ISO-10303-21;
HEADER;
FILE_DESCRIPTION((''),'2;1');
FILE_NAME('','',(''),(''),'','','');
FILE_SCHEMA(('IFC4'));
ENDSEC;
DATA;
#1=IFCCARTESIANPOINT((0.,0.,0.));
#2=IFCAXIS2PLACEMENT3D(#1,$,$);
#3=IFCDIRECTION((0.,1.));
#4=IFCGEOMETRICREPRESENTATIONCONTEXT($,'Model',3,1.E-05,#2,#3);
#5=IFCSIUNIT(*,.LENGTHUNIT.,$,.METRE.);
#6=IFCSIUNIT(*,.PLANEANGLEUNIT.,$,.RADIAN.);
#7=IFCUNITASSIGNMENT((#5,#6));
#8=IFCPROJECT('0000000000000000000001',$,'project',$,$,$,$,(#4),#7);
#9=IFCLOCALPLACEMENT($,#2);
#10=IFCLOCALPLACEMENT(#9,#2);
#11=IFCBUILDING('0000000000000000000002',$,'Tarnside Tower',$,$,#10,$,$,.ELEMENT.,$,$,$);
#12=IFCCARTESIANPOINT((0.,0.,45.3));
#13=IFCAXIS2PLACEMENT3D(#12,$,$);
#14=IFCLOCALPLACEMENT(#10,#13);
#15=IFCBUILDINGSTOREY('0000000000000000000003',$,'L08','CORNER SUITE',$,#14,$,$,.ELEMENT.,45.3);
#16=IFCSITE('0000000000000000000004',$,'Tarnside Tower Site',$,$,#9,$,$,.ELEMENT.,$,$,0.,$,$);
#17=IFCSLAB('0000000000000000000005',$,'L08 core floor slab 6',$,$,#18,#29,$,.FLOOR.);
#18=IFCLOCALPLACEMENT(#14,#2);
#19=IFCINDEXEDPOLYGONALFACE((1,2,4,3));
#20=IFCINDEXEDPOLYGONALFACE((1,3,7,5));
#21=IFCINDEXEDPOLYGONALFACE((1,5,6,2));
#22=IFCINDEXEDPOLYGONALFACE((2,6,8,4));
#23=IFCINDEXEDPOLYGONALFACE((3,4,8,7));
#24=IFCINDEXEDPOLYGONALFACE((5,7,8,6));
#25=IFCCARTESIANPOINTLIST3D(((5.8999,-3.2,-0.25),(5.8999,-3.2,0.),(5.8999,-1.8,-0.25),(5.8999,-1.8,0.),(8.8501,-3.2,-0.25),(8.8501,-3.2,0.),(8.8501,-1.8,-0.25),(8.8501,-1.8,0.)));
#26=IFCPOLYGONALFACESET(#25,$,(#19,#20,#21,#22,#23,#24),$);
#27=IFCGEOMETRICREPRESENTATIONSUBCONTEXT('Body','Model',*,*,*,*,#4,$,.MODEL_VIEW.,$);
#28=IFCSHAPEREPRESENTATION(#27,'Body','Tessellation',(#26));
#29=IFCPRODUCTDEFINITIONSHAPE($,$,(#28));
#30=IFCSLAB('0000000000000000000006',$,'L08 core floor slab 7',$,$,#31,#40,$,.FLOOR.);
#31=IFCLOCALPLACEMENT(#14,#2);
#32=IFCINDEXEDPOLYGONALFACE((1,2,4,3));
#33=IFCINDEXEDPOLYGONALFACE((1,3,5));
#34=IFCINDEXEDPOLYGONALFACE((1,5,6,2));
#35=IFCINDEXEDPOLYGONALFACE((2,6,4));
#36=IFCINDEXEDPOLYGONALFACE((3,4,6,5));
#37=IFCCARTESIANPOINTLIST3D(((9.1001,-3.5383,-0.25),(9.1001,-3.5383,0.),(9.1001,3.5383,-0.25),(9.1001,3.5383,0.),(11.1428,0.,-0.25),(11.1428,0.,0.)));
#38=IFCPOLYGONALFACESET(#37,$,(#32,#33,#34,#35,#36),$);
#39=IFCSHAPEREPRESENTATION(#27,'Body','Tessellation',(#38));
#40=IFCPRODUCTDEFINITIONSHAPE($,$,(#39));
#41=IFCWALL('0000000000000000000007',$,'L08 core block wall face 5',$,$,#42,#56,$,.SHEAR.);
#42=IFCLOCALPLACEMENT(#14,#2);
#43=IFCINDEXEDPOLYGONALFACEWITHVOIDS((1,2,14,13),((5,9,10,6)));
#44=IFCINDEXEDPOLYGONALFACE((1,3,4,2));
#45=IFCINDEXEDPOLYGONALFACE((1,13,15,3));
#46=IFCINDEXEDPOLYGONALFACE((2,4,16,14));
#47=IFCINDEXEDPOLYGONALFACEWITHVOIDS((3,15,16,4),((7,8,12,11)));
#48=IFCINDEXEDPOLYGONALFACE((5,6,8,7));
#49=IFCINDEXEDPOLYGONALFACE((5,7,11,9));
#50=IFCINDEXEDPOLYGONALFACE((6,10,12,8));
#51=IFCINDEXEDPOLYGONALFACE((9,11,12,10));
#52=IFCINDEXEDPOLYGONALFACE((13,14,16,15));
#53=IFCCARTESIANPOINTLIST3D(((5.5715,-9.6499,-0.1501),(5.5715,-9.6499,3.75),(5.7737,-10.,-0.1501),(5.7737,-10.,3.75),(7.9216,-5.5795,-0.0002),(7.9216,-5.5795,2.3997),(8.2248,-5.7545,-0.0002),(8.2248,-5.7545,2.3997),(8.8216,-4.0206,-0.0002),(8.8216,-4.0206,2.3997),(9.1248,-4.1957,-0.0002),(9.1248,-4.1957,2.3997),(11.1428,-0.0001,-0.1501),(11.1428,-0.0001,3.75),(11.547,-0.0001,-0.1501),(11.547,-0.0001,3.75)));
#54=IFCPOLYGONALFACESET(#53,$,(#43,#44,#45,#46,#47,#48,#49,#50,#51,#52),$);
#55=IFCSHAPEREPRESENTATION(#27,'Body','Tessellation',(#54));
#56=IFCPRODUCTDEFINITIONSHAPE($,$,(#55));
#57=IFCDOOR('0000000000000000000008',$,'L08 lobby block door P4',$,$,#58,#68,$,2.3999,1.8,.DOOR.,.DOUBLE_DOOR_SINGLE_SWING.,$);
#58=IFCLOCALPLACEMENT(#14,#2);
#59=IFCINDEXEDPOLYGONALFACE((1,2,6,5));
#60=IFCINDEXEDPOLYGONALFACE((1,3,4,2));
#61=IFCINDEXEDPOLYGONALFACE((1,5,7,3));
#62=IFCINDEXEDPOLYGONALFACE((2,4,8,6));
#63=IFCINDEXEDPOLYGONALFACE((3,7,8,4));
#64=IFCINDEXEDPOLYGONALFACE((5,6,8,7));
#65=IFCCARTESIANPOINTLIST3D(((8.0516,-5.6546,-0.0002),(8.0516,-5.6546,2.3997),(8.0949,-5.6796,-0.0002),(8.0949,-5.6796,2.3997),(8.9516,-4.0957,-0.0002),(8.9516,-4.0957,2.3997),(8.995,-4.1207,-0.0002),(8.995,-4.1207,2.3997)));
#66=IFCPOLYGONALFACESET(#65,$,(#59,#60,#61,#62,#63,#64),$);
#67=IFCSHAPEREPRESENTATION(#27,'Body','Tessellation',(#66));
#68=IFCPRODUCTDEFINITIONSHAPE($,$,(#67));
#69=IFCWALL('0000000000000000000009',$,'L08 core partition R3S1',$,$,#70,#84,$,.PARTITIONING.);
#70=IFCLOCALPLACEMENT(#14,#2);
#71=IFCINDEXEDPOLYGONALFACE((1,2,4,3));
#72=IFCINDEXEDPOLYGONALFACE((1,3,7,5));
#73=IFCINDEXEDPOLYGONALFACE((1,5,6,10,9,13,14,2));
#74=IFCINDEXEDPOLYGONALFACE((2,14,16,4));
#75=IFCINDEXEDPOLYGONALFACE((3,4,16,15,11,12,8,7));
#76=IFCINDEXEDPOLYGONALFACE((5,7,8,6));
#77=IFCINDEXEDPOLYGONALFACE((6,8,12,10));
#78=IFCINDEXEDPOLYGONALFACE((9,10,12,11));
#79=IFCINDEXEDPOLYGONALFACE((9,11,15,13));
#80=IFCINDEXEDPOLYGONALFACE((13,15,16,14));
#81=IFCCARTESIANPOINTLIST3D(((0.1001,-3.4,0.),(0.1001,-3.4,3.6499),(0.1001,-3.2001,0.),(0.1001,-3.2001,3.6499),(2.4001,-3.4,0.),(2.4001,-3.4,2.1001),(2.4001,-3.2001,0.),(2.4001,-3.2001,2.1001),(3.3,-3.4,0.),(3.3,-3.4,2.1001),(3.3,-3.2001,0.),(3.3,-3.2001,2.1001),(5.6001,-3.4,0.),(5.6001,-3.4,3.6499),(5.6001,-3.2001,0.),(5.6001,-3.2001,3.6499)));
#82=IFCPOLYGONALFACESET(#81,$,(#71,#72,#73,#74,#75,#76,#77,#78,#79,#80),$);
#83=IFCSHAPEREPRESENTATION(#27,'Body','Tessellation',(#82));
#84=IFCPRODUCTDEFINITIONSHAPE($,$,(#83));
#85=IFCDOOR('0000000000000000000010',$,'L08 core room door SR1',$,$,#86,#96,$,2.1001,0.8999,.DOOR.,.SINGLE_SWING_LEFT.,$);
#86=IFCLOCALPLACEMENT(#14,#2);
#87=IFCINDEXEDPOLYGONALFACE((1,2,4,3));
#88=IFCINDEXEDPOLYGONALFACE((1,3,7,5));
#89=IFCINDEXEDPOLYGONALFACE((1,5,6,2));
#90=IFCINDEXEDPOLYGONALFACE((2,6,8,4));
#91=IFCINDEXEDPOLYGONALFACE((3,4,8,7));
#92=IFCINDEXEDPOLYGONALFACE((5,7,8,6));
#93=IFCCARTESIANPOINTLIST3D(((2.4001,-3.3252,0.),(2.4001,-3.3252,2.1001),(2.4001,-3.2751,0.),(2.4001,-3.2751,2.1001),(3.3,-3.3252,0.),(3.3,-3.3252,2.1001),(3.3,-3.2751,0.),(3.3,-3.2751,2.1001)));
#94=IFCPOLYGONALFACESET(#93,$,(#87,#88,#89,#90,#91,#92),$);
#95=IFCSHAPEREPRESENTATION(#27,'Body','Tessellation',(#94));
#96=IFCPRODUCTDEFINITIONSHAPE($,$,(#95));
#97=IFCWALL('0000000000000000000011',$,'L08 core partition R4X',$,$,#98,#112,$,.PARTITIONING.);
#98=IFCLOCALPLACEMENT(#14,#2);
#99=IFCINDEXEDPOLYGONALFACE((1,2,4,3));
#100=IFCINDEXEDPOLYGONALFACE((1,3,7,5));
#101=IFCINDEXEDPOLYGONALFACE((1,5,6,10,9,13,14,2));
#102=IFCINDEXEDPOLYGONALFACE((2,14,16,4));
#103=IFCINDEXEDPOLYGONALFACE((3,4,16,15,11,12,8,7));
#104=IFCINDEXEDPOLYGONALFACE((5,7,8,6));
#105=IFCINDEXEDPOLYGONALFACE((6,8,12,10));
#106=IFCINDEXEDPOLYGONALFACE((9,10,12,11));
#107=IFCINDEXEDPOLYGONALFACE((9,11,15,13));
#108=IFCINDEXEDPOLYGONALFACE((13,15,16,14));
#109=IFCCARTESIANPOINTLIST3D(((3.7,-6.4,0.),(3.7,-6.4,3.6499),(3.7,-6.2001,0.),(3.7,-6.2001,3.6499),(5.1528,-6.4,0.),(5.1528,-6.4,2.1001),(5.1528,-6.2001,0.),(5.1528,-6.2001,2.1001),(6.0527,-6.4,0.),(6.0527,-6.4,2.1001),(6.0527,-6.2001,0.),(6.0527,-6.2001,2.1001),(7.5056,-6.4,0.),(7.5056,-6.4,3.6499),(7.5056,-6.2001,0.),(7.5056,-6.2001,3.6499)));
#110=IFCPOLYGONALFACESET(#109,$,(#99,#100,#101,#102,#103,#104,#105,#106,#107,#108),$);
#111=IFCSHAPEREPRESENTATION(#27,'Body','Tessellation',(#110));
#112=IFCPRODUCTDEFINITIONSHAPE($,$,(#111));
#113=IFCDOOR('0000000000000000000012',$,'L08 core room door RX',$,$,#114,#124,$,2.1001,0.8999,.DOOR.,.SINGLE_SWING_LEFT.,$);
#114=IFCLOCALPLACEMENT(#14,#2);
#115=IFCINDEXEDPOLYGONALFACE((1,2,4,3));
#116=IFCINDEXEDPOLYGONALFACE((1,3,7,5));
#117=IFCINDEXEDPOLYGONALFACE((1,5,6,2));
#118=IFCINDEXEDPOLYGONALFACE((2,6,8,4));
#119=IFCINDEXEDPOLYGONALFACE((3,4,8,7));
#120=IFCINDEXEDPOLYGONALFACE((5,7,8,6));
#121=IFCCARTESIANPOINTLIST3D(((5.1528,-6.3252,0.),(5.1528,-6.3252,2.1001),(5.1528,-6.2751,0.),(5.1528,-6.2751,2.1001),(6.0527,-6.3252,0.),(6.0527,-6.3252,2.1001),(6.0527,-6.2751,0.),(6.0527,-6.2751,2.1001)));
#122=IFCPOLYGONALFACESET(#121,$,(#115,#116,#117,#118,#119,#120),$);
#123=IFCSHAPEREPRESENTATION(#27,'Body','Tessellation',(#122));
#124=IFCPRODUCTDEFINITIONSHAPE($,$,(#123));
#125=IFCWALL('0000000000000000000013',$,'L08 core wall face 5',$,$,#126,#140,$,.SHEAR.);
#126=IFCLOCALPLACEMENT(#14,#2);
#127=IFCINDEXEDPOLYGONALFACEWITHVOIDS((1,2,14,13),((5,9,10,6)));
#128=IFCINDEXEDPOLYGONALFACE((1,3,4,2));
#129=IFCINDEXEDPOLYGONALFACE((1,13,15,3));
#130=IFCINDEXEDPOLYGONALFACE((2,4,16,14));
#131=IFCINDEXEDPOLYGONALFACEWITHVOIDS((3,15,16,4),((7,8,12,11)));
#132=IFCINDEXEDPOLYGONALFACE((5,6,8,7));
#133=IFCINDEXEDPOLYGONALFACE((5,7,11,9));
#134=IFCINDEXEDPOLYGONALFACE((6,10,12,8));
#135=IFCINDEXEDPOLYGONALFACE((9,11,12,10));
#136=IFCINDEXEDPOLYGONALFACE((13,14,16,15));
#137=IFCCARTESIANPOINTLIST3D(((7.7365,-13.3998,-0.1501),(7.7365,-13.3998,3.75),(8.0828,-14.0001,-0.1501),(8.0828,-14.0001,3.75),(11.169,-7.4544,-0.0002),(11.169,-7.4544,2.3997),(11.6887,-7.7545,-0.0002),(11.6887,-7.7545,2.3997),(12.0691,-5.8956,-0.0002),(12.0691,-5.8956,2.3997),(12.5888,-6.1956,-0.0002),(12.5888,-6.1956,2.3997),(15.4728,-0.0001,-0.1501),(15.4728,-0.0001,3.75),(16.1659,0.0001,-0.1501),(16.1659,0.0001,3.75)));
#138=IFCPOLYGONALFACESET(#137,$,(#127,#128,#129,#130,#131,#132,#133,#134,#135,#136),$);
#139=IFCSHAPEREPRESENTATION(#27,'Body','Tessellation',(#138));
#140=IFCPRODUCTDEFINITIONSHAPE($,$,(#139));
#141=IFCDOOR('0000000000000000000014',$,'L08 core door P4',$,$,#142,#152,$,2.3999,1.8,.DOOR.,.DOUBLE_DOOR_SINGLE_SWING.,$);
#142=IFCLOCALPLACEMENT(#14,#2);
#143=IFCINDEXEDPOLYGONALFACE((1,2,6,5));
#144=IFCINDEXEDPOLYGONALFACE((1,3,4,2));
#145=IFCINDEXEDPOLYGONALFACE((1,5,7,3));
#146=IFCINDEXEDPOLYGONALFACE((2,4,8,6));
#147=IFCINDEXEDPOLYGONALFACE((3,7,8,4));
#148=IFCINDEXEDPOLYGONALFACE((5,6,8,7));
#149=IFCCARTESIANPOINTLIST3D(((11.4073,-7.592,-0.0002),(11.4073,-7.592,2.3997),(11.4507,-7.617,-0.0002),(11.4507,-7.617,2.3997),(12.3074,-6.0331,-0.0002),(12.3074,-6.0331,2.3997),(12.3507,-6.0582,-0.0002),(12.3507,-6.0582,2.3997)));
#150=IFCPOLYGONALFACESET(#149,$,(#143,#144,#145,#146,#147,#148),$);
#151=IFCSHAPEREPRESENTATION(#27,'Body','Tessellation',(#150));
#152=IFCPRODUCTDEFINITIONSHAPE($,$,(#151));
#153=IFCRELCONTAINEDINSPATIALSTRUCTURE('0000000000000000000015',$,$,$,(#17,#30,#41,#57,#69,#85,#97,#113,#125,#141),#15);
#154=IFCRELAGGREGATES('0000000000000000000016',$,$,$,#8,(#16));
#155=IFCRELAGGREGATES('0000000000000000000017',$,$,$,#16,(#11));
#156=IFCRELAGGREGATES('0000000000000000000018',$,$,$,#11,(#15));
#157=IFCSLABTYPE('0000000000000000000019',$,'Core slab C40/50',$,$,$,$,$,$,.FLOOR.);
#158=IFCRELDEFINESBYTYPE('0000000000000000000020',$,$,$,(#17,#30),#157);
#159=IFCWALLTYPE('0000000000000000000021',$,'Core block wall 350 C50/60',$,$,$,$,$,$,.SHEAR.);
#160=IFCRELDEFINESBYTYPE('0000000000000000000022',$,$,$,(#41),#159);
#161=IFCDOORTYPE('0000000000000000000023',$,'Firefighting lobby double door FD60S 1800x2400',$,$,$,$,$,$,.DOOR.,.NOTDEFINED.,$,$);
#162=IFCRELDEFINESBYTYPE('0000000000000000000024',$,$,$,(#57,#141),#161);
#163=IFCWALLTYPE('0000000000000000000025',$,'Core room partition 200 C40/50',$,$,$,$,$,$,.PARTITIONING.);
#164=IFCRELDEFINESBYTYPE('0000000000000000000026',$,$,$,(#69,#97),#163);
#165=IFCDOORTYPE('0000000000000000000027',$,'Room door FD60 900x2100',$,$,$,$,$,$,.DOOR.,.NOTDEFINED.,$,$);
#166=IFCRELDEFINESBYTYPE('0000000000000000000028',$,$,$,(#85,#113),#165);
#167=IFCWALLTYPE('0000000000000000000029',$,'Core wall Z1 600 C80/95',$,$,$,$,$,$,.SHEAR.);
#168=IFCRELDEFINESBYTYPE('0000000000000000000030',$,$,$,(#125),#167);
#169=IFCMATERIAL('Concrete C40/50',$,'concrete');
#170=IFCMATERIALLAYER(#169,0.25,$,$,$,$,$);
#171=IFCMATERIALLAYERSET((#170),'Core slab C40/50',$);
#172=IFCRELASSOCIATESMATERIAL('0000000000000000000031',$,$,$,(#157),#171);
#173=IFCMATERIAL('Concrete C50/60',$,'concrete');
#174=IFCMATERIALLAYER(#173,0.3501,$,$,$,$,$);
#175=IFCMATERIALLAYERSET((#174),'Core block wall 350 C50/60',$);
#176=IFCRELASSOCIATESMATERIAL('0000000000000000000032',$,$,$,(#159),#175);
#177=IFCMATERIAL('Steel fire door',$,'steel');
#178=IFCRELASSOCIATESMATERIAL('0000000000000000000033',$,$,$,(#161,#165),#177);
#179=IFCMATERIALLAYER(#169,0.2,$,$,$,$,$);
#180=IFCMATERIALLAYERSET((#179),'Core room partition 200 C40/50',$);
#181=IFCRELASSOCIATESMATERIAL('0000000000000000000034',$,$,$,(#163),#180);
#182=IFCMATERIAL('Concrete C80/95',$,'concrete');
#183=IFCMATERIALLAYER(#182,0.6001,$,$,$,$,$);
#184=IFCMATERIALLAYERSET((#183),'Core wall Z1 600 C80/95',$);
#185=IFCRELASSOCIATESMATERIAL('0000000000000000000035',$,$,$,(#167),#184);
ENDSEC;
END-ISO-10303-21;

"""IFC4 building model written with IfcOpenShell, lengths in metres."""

from ifc_helpers import new_model, si_unit, direction, frame, frame_2d, origin, place, context, subcontext, project, spatial, polyline, rectangle, outline, extrude, material, layer, layer_set, type_object, element, fill, save


model = new_model("IFC4")

# Units and contexts
model_context = context("Model", 3, precision=1e-05, world=origin(), true_north=direction((0.0, 1.0)))
body_context = subcontext(model_context, "Body", "Model", "MODEL_VIEW")
ifc_project = project(units=[si_unit("LENGTHUNIT", "METRE"), si_unit("PLANEANGLEUNIT", "RADIAN")], contexts=[model_context])

# Site, building, storey
site_placement = place(None, origin())
site = spatial("IfcSite", under=ifc_project, at=site_placement, Name="Tarnside Tower Site", CompositionType="ELEMENT", RefElevation=0.0)
building_placement = place(site_placement, origin())
building = spatial("IfcBuilding", under=site, at=building_placement, Name="Tarnside Tower", CompositionType="ELEMENT")
storey_placement = place(building_placement, frame((0.0, 0.0, 45.3)))
storey = spatial("IfcBuildingStorey", under=building, at=storey_placement, Name="L08", Description="CORNER SUITE", CompositionType="ELEMENT", Elevation=45.3)

# Slabs
ifc_material_1 = material(Name="Concrete C40/50", Category="concrete")
ifc_layer_1 = layer(ifc_material_1, 0.25)
ifc_layer_set_1 = layer_set([ifc_layer_1], Name="Core slab C40/50")
slab_type = type_object("IfcSlabType", Name="Core slab C40/50", PredefinedType="FLOOR", material=ifc_layer_set_1)
slab_1_placement = place(storey_placement, frame((0.0, 0.0, -0.25)))
element("IfcSlab", 1, at=slab_1_placement, inside=storey, type_object=slab_type, Name="L08 core floor slab 6", PredefinedType="FLOOR", context=body_context, shape_type="SweptSolid", body=[
    extrude(outline(polyline([(5.8999, -3.2), (5.8999, -1.8), (8.8501, -1.8), (8.8501, -3.2), (5.8999, -3.2)])), origin(), (0.0, 0.0, 1.0), 0.25),
])
slab_2_placement = place(storey_placement, frame((0.0, 0.0, -0.25)))
element("IfcSlab", 2, at=slab_2_placement, inside=storey, type_object=slab_type, Name="L08 core floor slab 7", PredefinedType="FLOOR", context=body_context, shape_type="SweptSolid", body=[
    extrude(outline(polyline([(9.1001, -3.5383), (9.1001, 3.5383), (11.1428, 0.0), (9.1001, -3.5383)])), origin(), (0.0, 0.0, 1.0), 0.25),
])

# Walls, openings, doors
ifc_material_2 = material(Name="Concrete C50/60", Category="concrete")
ifc_layer_2 = layer(ifc_material_2, 0.3501)
ifc_layer_set_2 = layer_set([ifc_layer_2], Name="Core block wall 350 C50/60")
wall_type_1 = type_object("IfcWallType", Name="Core block wall 350 C50/60", PredefinedType="SHEAR", material=ifc_layer_set_2)
wall_1_placement = place(storey_placement, frame((5.6726, -9.825, -0.1501), z_axis=(0.0, 0.0, 1.0), x_axis=(0.499995, 0.866028, 0.0)))
wall_1 = element("IfcWall", 3, at=wall_1_placement, inside=storey, type_object=wall_type_1, Name="L08 core block wall face 5", PredefinedType="SHEAR", context=body_context, shape_type="SweptSolid", body=[
    extrude(outline(polyline([(-0.1011, -0.175), (11.4458, -0.175), (11.2437, 0.175), (0.1011, 0.175), (-0.1011, -0.175)])), origin(), (0.0, 0.0, 1.0), 3.9001),
])
opening_1_placement = place(wall_1_placement, frame((4.8013, 0.0, 0.1499)))
opening_1 = element("IfcOpeningElement", 4, at=opening_1_placement, cuts=wall_1, PredefinedType="OPENING", context=body_context, shape_type="SweptSolid", body=[
    extrude(rectangle(XDim=1.8, YDim=2.3999, at=frame_2d((0.8999, 1.2))), frame((0.0, 0.1851, 0.0), z_axis=(0.0, -1.0, 0.0), x_axis=(1.0, 0.0, 0.0)), (0.0, 0.0, 1.0), 0.3701),
])
ifc_material_3 = material(Name="Steel fire door", Category="steel")
door_type_1 = type_object("IfcDoorType", Name="Firefighting lobby double door FD60S 1800x2400", OperationType="NOTDEFINED", PredefinedType="DOOR", material=ifc_material_3)
door_1_placement = place(opening_1_placement, origin())
door_1 = element("IfcDoor", 5, at=door_1_placement, inside=storey, type_object=door_type_1, Name="L08 lobby block door P4", OperationType="DOUBLE_DOOR_SINGLE_SWING", OverallHeight=2.3999, OverallWidth=1.8, PredefinedType="DOOR", context=body_context, shape_type="SweptSolid", body=[
    extrude(rectangle(XDim=1.8, YDim=2.3999, at=frame_2d((0.8999, 1.2))), frame((0.0, 0.0249, 0.0), z_axis=(0.0, -1.0, 0.0), x_axis=(1.0, 0.0, 0.0)), (0.0, 0.0, 1.0), 0.05),
])
fill(opening_1, door_1)
ifc_layer_3 = layer(ifc_material_1, 0.2)
ifc_layer_set_3 = layer_set([ifc_layer_3], Name="Core room partition 200 C40/50")
wall_type_2 = type_object("IfcWallType", Name="Core room partition 200 C40/50", PredefinedType="PARTITIONING", material=ifc_layer_set_3)
wall_2_placement = place(storey_placement, frame((0.1001, -3.3, 0.0), z_axis=(0.0, 0.0, 1.0), x_axis=(1.0, 0.0, 0.0)))
wall_2 = element("IfcWall", 6, at=wall_2_placement, inside=storey, type_object=wall_type_2, Name="L08 core partition R3S1", PredefinedType="PARTITIONING", context=body_context, shape_type="SweptSolid", body=[
    extrude(rectangle(XDim=5.5, YDim=0.2, at=frame_2d((2.75, 0.0))), origin(), (0.0, 0.0, 1.0), 3.6499),
])
opening_2_placement = place(wall_2_placement, frame((2.3, 0.0, 0.0)))
opening_2 = element("IfcOpeningElement", 7, at=opening_2_placement, cuts=wall_2, PredefinedType="OPENING", context=body_context, shape_type="SweptSolid", body=[
    extrude(rectangle(XDim=0.8999, YDim=2.1001, at=frame_2d((0.45, 1.05))), frame((0.0, 0.1099, 0.0), z_axis=(0.0, -1.0, 0.0), x_axis=(1.0, 0.0, 0.0)), (0.0, 0.0, 1.0), 0.22),
])
door_type_2 = type_object("IfcDoorType", Name="Room door FD60 900x2100", OperationType="NOTDEFINED", PredefinedType="DOOR", material=ifc_material_3)
door_2_placement = place(opening_2_placement, origin())
door_2 = element("IfcDoor", 8, at=door_2_placement, inside=storey, type_object=door_type_2, Name="L08 core room door SR1", OperationType="SINGLE_SWING_LEFT", OverallHeight=2.1001, OverallWidth=0.8999, PredefinedType="DOOR", context=body_context, shape_type="SweptSolid", body=[
    extrude(rectangle(XDim=0.8999, YDim=2.1001, at=frame_2d((0.45, 1.05))), frame((0.0, 0.0249, 0.0), z_axis=(0.0, -1.0, 0.0), x_axis=(1.0, 0.0, 0.0)), (0.0, 0.0, 1.0), 0.05),
])
fill(opening_2, door_2)
wall_3_placement = place(storey_placement, frame((3.7, -6.3, 0.0), z_axis=(0.0, 0.0, 1.0), x_axis=(1.0, 0.0, 0.0)))
wall_3 = element("IfcWall", 9, at=wall_3_placement, inside=storey, type_object=wall_type_2, Name="L08 core partition R4X", PredefinedType="PARTITIONING", context=body_context, shape_type="SweptSolid", body=[
    extrude(rectangle(XDim=3.8057, YDim=0.2, at=frame_2d((1.9028, 0.0))), origin(), (0.0, 0.0, 1.0), 3.6499),
])
opening_3_placement = place(wall_3_placement, frame((1.4529, 0.0, 0.0)))
opening_3 = element("IfcOpeningElement", 10, at=opening_3_placement, cuts=wall_3, PredefinedType="OPENING", context=body_context, shape_type="SweptSolid", body=[
    extrude(rectangle(XDim=0.8999, YDim=2.1001, at=frame_2d((0.45, 1.05))), frame((0.0, 0.1099, 0.0), z_axis=(0.0, -1.0, 0.0), x_axis=(1.0, 0.0, 0.0)), (0.0, 0.0, 1.0), 0.22),
])
door_3_placement = place(opening_3_placement, origin())
door_3 = element("IfcDoor", 11, at=door_3_placement, inside=storey, type_object=door_type_2, Name="L08 core room door RX", OperationType="SINGLE_SWING_LEFT", OverallHeight=2.1001, OverallWidth=0.8999, PredefinedType="DOOR", context=body_context, shape_type="SweptSolid", body=[
    extrude(rectangle(XDim=0.8999, YDim=2.1001, at=frame_2d((0.45, 1.05))), frame((0.0, 0.0249, 0.0), z_axis=(0.0, -1.0, 0.0), x_axis=(1.0, 0.0, 0.0)), (0.0, 0.0, 1.0), 0.05),
])
fill(opening_3, door_3)
ifc_material_4 = material(Name="Concrete C80/95", Category="concrete")
ifc_layer_4 = layer(ifc_material_4, 0.6001)
ifc_layer_set_4 = layer_set([ifc_layer_4], Name="Core wall Z1 600 C80/95")
wall_type_3 = type_object("IfcWallType", Name="Core wall Z1 600 C80/95", PredefinedType="SHEAR", material=ifc_layer_set_4)
wall_4_placement = place(storey_placement, frame((7.9097, -13.7, -0.1501), z_axis=(0.0, 0.0, 1.0), x_axis=(0.5, 0.866025, 0.0)))
wall_4 = element("IfcWall", 12, at=wall_4_placement, inside=storey, type_object=wall_type_3, Name="L08 core wall face 5", PredefinedType="SHEAR", context=body_context, shape_type="SweptSolid", body=[
    extrude(outline(polyline([(-0.1733, -0.3), (15.9927, -0.3), (15.646, 0.3), (0.1733, 0.3), (-0.1733, -0.3)])), origin(), (0.0, 0.0, 1.0), 3.9001),
])
opening_4_placement = place(wall_4_placement, frame((7.0386, 0.0, 0.1499)))
opening_4 = element("IfcOpeningElement", 13, at=opening_4_placement, cuts=wall_4, PredefinedType="OPENING", context=body_context, shape_type="SweptSolid", body=[
    extrude(rectangle(XDim=1.8, YDim=2.3999, at=frame_2d((0.8999, 1.2))), frame((0.0, 0.3101, 0.0), z_axis=(0.0, -1.0, 0.0), x_axis=(1.0, 0.0, 0.0)), (0.0, 0.0, 1.0), 0.6201),
])
door_4_placement = place(opening_4_placement, origin())
door_4 = element("IfcDoor", 14, at=door_4_placement, inside=storey, type_object=door_type_1, Name="L08 core door P4", OperationType="DOUBLE_DOOR_SINGLE_SWING", OverallHeight=2.3999, OverallWidth=1.8, PredefinedType="DOOR", context=body_context, shape_type="SweptSolid", body=[
    extrude(rectangle(XDim=1.8, YDim=2.3999, at=frame_2d((0.8999, 1.2))), frame((0.0, 0.0249, 0.0), z_axis=(0.0, -1.0, 0.0), x_axis=(1.0, 0.0, 0.0)), (0.0, 0.0, 1.0), 0.05),
])
fill(opening_4, door_4)

save(model, "model.ifc")
